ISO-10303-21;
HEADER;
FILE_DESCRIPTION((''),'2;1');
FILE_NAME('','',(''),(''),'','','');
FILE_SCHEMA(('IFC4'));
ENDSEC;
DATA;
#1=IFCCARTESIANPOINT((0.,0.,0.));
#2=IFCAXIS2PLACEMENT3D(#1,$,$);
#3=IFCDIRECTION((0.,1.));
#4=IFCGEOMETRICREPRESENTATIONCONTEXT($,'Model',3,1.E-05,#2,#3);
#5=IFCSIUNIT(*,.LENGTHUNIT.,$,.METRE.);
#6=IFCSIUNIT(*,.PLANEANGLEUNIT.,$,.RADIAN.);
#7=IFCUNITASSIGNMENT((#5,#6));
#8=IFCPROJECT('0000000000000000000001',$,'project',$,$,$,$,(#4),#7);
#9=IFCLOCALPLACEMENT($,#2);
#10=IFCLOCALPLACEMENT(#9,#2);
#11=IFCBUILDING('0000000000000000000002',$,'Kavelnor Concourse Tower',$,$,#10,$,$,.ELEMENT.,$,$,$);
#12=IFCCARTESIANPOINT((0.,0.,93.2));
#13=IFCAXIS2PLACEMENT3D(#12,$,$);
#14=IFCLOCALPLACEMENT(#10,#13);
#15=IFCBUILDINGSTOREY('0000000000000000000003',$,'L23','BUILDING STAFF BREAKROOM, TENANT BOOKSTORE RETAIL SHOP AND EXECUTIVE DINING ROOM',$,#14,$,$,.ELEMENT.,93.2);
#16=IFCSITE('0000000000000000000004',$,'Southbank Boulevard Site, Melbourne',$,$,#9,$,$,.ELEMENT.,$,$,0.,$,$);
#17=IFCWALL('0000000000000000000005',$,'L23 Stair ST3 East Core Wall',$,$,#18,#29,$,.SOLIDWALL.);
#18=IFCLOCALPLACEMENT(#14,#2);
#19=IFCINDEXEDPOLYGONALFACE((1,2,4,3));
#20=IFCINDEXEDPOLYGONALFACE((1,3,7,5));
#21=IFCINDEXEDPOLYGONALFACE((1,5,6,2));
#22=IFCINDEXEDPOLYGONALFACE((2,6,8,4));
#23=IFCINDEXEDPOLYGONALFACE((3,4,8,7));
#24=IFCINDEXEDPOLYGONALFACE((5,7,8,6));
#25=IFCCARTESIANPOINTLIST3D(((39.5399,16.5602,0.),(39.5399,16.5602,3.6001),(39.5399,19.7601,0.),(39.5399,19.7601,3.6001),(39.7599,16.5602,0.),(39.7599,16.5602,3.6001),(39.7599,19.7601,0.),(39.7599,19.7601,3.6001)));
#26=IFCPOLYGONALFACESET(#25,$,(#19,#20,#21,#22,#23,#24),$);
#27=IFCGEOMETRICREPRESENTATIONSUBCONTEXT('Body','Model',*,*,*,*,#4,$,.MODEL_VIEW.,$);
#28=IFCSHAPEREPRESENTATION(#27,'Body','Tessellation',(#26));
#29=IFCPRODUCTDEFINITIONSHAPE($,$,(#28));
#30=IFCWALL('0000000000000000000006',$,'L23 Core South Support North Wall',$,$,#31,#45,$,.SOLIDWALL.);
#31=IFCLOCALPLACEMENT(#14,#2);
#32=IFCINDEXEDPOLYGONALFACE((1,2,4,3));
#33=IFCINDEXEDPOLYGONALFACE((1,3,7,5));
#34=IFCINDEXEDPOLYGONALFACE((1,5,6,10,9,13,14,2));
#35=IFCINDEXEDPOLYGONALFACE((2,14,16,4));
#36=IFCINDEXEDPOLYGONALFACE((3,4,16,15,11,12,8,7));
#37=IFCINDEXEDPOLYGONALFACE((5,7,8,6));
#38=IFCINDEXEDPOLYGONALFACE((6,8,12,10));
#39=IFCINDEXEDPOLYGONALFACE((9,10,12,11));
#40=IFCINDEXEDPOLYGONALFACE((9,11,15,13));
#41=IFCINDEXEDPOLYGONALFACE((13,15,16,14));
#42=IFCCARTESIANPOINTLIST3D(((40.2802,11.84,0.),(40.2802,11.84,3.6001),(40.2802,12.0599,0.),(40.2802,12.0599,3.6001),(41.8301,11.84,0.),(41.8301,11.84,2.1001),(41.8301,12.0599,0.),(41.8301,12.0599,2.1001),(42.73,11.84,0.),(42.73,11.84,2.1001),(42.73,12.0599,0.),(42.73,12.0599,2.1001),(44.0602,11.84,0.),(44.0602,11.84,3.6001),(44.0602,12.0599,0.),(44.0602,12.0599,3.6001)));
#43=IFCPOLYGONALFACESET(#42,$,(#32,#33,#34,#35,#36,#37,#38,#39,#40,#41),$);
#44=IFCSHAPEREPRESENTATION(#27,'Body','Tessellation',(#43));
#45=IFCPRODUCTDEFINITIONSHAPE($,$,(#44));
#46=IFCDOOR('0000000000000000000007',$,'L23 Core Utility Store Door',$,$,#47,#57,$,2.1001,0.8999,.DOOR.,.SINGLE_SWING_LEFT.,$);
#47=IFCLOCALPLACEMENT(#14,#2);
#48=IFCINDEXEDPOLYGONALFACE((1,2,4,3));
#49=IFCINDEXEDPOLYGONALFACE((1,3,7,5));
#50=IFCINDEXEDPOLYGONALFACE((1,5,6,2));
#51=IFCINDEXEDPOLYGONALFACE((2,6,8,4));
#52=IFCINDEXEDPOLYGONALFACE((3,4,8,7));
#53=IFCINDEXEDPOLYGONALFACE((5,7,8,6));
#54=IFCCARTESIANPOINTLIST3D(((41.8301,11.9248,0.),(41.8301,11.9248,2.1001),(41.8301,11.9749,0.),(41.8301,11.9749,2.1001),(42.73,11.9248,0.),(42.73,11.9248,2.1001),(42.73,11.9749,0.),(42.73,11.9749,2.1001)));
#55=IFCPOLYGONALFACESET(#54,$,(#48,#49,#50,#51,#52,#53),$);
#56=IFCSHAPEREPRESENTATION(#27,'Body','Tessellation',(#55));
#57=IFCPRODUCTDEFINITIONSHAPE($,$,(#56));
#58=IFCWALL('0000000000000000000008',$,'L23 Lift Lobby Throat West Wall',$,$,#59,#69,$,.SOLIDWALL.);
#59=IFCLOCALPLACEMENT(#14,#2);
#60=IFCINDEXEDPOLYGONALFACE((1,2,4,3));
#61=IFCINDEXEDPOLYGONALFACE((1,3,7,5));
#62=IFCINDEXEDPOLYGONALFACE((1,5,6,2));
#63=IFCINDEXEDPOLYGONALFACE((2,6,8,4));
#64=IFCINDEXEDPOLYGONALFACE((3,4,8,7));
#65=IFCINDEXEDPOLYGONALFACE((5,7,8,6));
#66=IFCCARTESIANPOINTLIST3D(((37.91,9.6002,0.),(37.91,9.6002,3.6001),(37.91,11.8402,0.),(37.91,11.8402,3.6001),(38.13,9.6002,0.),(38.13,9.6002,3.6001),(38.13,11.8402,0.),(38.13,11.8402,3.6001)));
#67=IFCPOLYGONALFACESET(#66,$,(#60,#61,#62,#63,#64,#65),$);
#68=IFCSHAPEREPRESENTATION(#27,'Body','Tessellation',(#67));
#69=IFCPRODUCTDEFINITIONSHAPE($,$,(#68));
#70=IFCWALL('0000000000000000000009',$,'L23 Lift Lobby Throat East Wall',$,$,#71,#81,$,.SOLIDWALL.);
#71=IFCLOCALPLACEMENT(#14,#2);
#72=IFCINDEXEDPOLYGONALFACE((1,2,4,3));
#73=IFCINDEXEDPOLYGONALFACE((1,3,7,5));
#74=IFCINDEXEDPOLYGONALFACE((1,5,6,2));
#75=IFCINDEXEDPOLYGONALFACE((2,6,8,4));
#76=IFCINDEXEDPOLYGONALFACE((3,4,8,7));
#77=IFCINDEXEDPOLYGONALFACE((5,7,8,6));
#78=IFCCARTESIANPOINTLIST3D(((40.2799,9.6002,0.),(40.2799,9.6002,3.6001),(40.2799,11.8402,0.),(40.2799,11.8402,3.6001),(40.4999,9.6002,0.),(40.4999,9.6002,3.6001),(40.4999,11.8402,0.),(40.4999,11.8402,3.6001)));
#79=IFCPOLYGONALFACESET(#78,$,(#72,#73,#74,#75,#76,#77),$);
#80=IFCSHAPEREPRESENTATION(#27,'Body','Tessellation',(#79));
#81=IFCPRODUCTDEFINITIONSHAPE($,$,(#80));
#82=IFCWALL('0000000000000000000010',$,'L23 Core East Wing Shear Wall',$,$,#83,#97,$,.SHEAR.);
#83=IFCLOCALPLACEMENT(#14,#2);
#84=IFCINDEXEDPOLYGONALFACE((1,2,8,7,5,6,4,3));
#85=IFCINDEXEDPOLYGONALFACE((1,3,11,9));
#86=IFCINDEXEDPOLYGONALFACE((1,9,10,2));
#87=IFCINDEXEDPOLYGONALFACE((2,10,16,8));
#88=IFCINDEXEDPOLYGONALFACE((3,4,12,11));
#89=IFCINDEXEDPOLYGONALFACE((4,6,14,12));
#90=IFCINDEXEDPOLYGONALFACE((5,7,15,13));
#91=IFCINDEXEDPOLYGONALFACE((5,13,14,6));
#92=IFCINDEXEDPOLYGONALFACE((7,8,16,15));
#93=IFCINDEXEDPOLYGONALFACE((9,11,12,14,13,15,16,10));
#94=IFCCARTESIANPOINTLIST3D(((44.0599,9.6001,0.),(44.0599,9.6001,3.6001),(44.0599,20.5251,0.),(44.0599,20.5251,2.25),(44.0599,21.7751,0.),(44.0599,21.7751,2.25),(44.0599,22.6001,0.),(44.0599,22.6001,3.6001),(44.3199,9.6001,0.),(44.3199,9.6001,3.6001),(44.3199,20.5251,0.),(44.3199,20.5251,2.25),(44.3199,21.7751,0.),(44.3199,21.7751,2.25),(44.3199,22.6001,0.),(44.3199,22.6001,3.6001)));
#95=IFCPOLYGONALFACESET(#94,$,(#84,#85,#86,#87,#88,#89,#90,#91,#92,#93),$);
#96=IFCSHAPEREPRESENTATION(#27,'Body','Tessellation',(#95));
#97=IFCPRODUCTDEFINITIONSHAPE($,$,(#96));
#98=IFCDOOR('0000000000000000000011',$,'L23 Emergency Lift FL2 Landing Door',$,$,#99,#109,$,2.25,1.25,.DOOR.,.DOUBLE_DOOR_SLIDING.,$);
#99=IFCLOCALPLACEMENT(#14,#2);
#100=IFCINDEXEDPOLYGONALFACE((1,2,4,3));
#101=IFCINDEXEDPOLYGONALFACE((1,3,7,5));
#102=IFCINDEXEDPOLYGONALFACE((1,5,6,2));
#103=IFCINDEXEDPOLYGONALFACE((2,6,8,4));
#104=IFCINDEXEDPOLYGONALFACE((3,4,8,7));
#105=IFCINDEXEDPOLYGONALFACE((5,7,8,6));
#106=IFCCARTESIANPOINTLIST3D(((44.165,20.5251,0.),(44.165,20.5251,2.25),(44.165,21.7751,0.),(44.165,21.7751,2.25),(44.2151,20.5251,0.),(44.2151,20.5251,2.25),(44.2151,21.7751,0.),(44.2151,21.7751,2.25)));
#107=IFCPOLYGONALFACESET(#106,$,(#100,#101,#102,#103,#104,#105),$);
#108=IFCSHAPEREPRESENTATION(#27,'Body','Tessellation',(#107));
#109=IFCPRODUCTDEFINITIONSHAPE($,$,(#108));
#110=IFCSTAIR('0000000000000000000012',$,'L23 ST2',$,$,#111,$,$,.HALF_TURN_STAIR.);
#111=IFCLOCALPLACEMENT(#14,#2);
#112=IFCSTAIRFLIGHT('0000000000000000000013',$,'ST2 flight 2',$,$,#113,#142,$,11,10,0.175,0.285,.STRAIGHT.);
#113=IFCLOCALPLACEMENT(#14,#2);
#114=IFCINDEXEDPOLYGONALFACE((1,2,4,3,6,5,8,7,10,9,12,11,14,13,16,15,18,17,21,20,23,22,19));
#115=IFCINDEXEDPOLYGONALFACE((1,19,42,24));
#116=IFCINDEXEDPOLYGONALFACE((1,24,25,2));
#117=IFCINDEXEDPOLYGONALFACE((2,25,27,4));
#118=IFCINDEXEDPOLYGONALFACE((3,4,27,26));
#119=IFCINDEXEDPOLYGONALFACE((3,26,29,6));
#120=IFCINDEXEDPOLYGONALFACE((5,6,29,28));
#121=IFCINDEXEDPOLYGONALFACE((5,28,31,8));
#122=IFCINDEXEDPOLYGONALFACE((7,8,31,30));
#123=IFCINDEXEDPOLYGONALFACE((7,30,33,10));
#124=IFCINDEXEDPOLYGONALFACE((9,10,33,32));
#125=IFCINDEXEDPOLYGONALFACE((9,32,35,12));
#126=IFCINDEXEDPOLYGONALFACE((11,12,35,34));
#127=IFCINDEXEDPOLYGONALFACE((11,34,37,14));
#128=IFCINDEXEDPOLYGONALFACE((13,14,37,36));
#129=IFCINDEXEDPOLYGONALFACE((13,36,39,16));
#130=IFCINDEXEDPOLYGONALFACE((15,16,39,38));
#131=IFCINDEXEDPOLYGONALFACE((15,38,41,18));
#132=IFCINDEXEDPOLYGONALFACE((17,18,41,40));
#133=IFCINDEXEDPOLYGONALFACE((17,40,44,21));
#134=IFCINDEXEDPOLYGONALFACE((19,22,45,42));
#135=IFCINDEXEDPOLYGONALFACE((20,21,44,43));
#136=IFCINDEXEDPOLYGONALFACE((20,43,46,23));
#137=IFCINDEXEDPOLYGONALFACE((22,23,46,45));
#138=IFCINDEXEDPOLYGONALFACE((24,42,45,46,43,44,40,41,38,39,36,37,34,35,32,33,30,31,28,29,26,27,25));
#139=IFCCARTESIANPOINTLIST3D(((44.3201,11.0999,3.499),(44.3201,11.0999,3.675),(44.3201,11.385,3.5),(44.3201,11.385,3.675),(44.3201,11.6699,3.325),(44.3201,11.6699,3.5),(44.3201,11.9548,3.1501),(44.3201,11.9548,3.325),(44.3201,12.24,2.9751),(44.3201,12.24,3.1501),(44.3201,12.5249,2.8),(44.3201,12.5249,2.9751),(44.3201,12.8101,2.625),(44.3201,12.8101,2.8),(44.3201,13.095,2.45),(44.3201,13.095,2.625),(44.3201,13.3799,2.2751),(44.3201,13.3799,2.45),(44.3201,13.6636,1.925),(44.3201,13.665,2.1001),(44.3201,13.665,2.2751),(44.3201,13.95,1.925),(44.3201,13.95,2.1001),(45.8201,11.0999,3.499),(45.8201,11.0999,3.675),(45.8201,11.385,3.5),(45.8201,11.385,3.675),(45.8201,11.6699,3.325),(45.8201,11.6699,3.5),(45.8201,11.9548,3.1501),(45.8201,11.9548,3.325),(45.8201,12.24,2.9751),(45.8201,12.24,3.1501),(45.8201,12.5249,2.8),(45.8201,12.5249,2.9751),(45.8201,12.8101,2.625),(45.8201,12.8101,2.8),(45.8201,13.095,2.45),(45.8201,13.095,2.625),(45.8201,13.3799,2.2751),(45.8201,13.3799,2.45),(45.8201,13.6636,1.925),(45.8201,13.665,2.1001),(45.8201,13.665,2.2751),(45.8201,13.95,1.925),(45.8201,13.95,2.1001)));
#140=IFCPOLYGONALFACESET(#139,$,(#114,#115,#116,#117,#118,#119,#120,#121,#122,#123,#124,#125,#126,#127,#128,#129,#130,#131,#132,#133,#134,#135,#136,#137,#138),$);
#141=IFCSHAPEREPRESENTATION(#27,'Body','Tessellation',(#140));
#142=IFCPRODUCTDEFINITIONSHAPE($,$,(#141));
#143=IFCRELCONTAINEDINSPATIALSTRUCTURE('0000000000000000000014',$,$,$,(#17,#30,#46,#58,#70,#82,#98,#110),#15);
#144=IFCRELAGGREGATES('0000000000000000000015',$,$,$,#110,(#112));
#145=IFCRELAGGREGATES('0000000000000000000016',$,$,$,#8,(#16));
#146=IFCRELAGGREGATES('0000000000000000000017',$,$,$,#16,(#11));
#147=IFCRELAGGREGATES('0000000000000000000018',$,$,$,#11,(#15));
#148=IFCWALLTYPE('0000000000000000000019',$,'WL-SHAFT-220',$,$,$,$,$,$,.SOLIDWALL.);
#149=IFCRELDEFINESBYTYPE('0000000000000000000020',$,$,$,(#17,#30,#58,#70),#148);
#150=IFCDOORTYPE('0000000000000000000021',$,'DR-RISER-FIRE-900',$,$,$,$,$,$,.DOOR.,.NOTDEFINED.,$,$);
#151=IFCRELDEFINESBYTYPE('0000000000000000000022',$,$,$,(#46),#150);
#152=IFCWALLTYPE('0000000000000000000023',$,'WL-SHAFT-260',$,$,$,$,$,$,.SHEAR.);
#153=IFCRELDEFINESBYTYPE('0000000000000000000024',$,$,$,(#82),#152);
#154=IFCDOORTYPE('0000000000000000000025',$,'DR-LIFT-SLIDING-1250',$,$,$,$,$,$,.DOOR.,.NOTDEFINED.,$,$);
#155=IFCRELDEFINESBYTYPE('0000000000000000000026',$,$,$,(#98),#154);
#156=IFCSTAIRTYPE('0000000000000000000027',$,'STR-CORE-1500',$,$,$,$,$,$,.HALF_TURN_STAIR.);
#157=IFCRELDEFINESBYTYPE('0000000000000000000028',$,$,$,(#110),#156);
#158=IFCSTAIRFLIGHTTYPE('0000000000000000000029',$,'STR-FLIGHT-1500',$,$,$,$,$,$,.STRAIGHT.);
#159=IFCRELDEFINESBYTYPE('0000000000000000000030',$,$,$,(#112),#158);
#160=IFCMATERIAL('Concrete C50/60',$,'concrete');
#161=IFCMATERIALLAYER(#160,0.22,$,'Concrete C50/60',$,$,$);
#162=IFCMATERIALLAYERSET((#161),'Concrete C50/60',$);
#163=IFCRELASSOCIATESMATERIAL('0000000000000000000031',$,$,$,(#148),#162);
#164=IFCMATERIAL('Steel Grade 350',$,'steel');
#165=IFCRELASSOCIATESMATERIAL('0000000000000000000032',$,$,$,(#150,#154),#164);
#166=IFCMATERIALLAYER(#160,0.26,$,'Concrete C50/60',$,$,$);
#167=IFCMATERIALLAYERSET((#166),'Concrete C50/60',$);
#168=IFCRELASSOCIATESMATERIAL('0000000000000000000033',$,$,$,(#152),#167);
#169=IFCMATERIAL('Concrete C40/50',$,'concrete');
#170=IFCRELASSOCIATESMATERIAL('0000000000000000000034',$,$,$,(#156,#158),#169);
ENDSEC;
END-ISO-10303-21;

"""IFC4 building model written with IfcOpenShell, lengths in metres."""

from ifc_helpers import new_model, si_unit, direction, frame, frame_2d, origin, place, context, subcontext, project, spatial, polyline, rectangle, outline, extrude, material, layer, layer_set, type_object, element, fill, aggregate, save


model = new_model("IFC4")

# Units and contexts
model_context = context("Model", 3, precision=1e-05, world=origin(), true_north=direction((0.0, 1.0)))
body_context = subcontext(model_context, "Body", "Model", "MODEL_VIEW")
ifc_project = project(units=[si_unit("LENGTHUNIT", "METRE"), si_unit("PLANEANGLEUNIT", "RADIAN")], contexts=[model_context])

# Site, building, storey
site_placement = place(None, origin())
site = spatial("IfcSite", under=ifc_project, at=site_placement, Name="Southbank Boulevard Site, Melbourne", CompositionType="ELEMENT", RefElevation=0.0)
building_placement = place(site_placement, origin())
building = spatial("IfcBuilding", under=site, at=building_placement, Name="Kavelnor Concourse Tower", CompositionType="ELEMENT")
storey_placement = place(building_placement, frame((0.0, 0.0, 93.2)))
storey = spatial("IfcBuildingStorey", under=building, at=storey_placement, Name="L23", Description="BUILDING STAFF BREAKROOM, TENANT BOOKSTORE RETAIL SHOP AND EXECUTIVE DINING ROOM", CompositionType="ELEMENT", Elevation=93.2)

# Shared definitions
ifc_material_1 = material(Name="Steel Grade 350", Category="steel")

# Wall
ifc_material_2 = material(Name="Concrete C50/60", Category="concrete")
ifc_layer_1 = layer(ifc_material_2, 0.22, Name="Concrete C50/60")
ifc_layer_set_1 = layer_set([ifc_layer_1], Name="Concrete C50/60")
wall_type_1 = type_object("IfcWallType", Name="WL-SHAFT-220", PredefinedType="SOLIDWALL", material=ifc_layer_set_1)
wall_1_placement = place(storey_placement, frame((39.6499, 16.5601, 0.0), z_axis=(0.0, 0.0, 1.0), x_axis=(0.0, 1.0, 0.0)))
element("IfcWall", 1, at=wall_1_placement, inside=storey, type_object=wall_type_1, Name="L23 Stair ST3 East Core Wall", PredefinedType="SOLIDWALL", context=body_context, shape_type="SweptSolid", body=[
    extrude(rectangle(XDim=3.2, YDim=0.22, at=frame_2d((1.6001, 0.0))), origin(), (0.0, 0.0, 1.0), 3.6001),
])

# Wall, opening, door
wall_2_placement = place(storey_placement, frame((40.28, 11.95, 0.0), z_axis=(0.0, 0.0, 1.0), x_axis=(1.0, 0.0, 0.0)))
wall_2 = element("IfcWall", 2, at=wall_2_placement, inside=storey, type_object=wall_type_1, Name="L23 Core South Support North Wall", PredefinedType="SOLIDWALL", context=body_context, shape_type="SweptSolid", body=[
    extrude(rectangle(XDim=3.78, YDim=0.22, at=frame_2d((1.8901, 0.0))), origin(), (0.0, 0.0, 1.0), 3.6001),
])
opening_1_placement = place(wall_2_placement, frame((1.55, 0.0, 0.0)))
opening_1 = element("IfcOpeningElement", 3, at=opening_1_placement, cuts=wall_2, PredefinedType="OPENING", context=body_context, shape_type="SweptSolid", body=[
    extrude(rectangle(XDim=0.8999, YDim=2.1001, at=frame_2d((0.45, 1.05))), frame((0.0, 0.1201, 0.0), z_axis=(0.0, -1.0, 0.0), x_axis=(1.0, 0.0, 0.0)), (0.0, 0.0, 1.0), 0.24),
])
door_type_1 = type_object("IfcDoorType", Name="DR-RISER-FIRE-900", OperationType="NOTDEFINED", PredefinedType="DOOR", material=ifc_material_1)
door_1_placement = place(opening_1_placement, origin())
door_1 = element("IfcDoor", 4, at=door_1_placement, inside=storey, type_object=door_type_1, Name="L23 Core Utility Store Door", OperationType="SINGLE_SWING_LEFT", OverallHeight=2.1001, OverallWidth=0.8999, PredefinedType="DOOR", context=body_context, shape_type="SweptSolid", body=[
    extrude(rectangle(XDim=0.8999, YDim=2.1001, at=frame_2d((0.45, 1.05))), frame((0.0, 0.0249, 0.0), z_axis=(0.0, -1.0, 0.0), x_axis=(1.0, 0.0, 0.0)), (0.0, 0.0, 1.0), 0.05),
])
fill(opening_1, door_1)

# Walls
for number, where, z_axis, x_axis, name in (
    (5, (38.02, 9.6001, 0.0), (0.0, 0.0, 1.0), (0.0, 1.0, 0.0), "L23 Lift Lobby Throat West Wall"),
    (6, (40.3899, 9.6001, 0.0), (0.0, 0.0, 1.0), (0.0, 1.0, 0.0), "L23 Lift Lobby Throat East Wall"),
):
    element("IfcWall", number, at=place(storey_placement, frame(where, z_axis=z_axis, x_axis=x_axis)), inside=storey, type_object=wall_type_1, Name=name, PredefinedType="SOLIDWALL", context=body_context, shape_type="SweptSolid", body=[
        extrude(rectangle(XDim=2.24, YDim=0.22, at=frame_2d((1.1201, 0.0))), origin(), (0.0, 0.0, 1.0), 3.6001),
    ])

# Wall, opening, door
ifc_layer_2 = layer(ifc_material_2, 0.26, Name="Concrete C50/60")
ifc_layer_set_2 = layer_set([ifc_layer_2], Name="Concrete C50/60")
wall_type_2 = type_object("IfcWallType", Name="WL-SHAFT-260", PredefinedType="SHEAR", material=ifc_layer_set_2)
wall_3_placement = place(storey_placement, frame((44.1899, 9.6001, 0.0), z_axis=(0.0, 0.0, 1.0), x_axis=(0.0, 1.0, 0.0)))
wall_3 = element("IfcWall", 7, at=wall_3_placement, inside=storey, type_object=wall_type_2, Name="L23 Core East Wing Shear Wall", PredefinedType="SHEAR", context=body_context, shape_type="SweptSolid", body=[
    extrude(rectangle(XDim=13.0, YDim=0.26, at=frame_2d((6.5, 0.0))), origin(), (0.0, 0.0, 1.0), 3.6001),
])
opening_2_placement = place(wall_3_placement, frame((10.925, 0.0, 0.0)))
opening_2 = element("IfcOpeningElement", 8, at=opening_2_placement, cuts=wall_3, PredefinedType="OPENING", context=body_context, shape_type="SweptSolid", body=[
    extrude(rectangle(XDim=1.25, YDim=2.25, at=frame_2d((0.625, 1.125))), frame((0.0, 0.1401, 0.0), z_axis=(0.0, -1.0, 0.0), x_axis=(1.0, 0.0, 0.0)), (0.0, 0.0, 1.0), 0.28),
])
door_type_2 = type_object("IfcDoorType", Name="DR-LIFT-SLIDING-1250", OperationType="NOTDEFINED", PredefinedType="DOOR", material=ifc_material_1)
door_2_placement = place(opening_2_placement, origin())
door_2 = element("IfcDoor", 9, at=door_2_placement, inside=storey, type_object=door_type_2, Name="L23 Emergency Lift FL2 Landing Door", OperationType="DOUBLE_DOOR_SLIDING", OverallHeight=2.25, OverallWidth=1.25, PredefinedType="DOOR", context=body_context, shape_type="SweptSolid", body=[
    extrude(rectangle(XDim=1.25, YDim=2.25, at=frame_2d((0.625, 1.125))), frame((0.0, 0.0249, 0.0), z_axis=(0.0, -1.0, 0.0), x_axis=(1.0, 0.0, 0.0)), (0.0, 0.0, 1.0), 0.05),
])
fill(opening_2, door_2)

# Stair, stair flight
ifc_material_3 = material(Name="Concrete C40/50", Category="concrete")
stair_type = type_object("IfcStairType", Name="STR-CORE-1500", PredefinedType="HALF_TURN_STAIR", material=ifc_material_3)
stair_placement = place(storey_placement, origin())
stair = element("IfcStair", 10, at=stair_placement, inside=storey, type_object=stair_type, Name="L23 ST2", PredefinedType="HALF_TURN_STAIR")
stair_flight_type = type_object("IfcStairFlightType", Name="STR-FLIGHT-1500", PredefinedType="STRAIGHT", material=ifc_material_3)
stair_flight_placement = place(storey_placement, frame((45.0701, 13.95, 1.925), z_axis=(0.0, 0.0, 1.0), x_axis=(0.0, -1.0, 0.0)))
stair_flight = element("IfcStairFlight", 11, at=stair_flight_placement, type_object=stair_flight_type, Name="ST2 flight 2", NumberOfRisers=11, NumberOfTreads=10, PredefinedType="STRAIGHT", RiserHeight=0.175, TreadLength=0.285, context=body_context, shape_type="SweptSolid", body=[
    extrude(outline(polyline([(0.0, 0.0), (0.0, 0.175), (0.2849, 0.175), (0.2849, 0.3501), (0.5701, 0.3501), (0.5701, 0.5249), (0.855, 0.5249), (0.855, 0.7), (1.1399, 0.7), (1.1399, 0.875), (1.425, 0.875), (1.425, 1.05), (1.71, 1.05), (1.71, 1.2251), (1.9951, 1.2251), (1.9951, 1.3999), (2.28, 1.3999), (2.28, 1.575), (2.5649, 1.575), (2.5649, 1.75), (2.8501, 1.75), (2.8501, 1.925), (2.8501, 1.574), (0.2864, 0.0), (0.0, 0.0)])), frame((0.0, 0.75, 0.0), z_axis=(0.0, -1.0, 0.0), x_axis=(1.0, 0.0, 0.0)), (0.0, 0.0, 1.0), 1.5),
])
aggregate(stair, [stair_flight])

save(model, "model.ifc")
